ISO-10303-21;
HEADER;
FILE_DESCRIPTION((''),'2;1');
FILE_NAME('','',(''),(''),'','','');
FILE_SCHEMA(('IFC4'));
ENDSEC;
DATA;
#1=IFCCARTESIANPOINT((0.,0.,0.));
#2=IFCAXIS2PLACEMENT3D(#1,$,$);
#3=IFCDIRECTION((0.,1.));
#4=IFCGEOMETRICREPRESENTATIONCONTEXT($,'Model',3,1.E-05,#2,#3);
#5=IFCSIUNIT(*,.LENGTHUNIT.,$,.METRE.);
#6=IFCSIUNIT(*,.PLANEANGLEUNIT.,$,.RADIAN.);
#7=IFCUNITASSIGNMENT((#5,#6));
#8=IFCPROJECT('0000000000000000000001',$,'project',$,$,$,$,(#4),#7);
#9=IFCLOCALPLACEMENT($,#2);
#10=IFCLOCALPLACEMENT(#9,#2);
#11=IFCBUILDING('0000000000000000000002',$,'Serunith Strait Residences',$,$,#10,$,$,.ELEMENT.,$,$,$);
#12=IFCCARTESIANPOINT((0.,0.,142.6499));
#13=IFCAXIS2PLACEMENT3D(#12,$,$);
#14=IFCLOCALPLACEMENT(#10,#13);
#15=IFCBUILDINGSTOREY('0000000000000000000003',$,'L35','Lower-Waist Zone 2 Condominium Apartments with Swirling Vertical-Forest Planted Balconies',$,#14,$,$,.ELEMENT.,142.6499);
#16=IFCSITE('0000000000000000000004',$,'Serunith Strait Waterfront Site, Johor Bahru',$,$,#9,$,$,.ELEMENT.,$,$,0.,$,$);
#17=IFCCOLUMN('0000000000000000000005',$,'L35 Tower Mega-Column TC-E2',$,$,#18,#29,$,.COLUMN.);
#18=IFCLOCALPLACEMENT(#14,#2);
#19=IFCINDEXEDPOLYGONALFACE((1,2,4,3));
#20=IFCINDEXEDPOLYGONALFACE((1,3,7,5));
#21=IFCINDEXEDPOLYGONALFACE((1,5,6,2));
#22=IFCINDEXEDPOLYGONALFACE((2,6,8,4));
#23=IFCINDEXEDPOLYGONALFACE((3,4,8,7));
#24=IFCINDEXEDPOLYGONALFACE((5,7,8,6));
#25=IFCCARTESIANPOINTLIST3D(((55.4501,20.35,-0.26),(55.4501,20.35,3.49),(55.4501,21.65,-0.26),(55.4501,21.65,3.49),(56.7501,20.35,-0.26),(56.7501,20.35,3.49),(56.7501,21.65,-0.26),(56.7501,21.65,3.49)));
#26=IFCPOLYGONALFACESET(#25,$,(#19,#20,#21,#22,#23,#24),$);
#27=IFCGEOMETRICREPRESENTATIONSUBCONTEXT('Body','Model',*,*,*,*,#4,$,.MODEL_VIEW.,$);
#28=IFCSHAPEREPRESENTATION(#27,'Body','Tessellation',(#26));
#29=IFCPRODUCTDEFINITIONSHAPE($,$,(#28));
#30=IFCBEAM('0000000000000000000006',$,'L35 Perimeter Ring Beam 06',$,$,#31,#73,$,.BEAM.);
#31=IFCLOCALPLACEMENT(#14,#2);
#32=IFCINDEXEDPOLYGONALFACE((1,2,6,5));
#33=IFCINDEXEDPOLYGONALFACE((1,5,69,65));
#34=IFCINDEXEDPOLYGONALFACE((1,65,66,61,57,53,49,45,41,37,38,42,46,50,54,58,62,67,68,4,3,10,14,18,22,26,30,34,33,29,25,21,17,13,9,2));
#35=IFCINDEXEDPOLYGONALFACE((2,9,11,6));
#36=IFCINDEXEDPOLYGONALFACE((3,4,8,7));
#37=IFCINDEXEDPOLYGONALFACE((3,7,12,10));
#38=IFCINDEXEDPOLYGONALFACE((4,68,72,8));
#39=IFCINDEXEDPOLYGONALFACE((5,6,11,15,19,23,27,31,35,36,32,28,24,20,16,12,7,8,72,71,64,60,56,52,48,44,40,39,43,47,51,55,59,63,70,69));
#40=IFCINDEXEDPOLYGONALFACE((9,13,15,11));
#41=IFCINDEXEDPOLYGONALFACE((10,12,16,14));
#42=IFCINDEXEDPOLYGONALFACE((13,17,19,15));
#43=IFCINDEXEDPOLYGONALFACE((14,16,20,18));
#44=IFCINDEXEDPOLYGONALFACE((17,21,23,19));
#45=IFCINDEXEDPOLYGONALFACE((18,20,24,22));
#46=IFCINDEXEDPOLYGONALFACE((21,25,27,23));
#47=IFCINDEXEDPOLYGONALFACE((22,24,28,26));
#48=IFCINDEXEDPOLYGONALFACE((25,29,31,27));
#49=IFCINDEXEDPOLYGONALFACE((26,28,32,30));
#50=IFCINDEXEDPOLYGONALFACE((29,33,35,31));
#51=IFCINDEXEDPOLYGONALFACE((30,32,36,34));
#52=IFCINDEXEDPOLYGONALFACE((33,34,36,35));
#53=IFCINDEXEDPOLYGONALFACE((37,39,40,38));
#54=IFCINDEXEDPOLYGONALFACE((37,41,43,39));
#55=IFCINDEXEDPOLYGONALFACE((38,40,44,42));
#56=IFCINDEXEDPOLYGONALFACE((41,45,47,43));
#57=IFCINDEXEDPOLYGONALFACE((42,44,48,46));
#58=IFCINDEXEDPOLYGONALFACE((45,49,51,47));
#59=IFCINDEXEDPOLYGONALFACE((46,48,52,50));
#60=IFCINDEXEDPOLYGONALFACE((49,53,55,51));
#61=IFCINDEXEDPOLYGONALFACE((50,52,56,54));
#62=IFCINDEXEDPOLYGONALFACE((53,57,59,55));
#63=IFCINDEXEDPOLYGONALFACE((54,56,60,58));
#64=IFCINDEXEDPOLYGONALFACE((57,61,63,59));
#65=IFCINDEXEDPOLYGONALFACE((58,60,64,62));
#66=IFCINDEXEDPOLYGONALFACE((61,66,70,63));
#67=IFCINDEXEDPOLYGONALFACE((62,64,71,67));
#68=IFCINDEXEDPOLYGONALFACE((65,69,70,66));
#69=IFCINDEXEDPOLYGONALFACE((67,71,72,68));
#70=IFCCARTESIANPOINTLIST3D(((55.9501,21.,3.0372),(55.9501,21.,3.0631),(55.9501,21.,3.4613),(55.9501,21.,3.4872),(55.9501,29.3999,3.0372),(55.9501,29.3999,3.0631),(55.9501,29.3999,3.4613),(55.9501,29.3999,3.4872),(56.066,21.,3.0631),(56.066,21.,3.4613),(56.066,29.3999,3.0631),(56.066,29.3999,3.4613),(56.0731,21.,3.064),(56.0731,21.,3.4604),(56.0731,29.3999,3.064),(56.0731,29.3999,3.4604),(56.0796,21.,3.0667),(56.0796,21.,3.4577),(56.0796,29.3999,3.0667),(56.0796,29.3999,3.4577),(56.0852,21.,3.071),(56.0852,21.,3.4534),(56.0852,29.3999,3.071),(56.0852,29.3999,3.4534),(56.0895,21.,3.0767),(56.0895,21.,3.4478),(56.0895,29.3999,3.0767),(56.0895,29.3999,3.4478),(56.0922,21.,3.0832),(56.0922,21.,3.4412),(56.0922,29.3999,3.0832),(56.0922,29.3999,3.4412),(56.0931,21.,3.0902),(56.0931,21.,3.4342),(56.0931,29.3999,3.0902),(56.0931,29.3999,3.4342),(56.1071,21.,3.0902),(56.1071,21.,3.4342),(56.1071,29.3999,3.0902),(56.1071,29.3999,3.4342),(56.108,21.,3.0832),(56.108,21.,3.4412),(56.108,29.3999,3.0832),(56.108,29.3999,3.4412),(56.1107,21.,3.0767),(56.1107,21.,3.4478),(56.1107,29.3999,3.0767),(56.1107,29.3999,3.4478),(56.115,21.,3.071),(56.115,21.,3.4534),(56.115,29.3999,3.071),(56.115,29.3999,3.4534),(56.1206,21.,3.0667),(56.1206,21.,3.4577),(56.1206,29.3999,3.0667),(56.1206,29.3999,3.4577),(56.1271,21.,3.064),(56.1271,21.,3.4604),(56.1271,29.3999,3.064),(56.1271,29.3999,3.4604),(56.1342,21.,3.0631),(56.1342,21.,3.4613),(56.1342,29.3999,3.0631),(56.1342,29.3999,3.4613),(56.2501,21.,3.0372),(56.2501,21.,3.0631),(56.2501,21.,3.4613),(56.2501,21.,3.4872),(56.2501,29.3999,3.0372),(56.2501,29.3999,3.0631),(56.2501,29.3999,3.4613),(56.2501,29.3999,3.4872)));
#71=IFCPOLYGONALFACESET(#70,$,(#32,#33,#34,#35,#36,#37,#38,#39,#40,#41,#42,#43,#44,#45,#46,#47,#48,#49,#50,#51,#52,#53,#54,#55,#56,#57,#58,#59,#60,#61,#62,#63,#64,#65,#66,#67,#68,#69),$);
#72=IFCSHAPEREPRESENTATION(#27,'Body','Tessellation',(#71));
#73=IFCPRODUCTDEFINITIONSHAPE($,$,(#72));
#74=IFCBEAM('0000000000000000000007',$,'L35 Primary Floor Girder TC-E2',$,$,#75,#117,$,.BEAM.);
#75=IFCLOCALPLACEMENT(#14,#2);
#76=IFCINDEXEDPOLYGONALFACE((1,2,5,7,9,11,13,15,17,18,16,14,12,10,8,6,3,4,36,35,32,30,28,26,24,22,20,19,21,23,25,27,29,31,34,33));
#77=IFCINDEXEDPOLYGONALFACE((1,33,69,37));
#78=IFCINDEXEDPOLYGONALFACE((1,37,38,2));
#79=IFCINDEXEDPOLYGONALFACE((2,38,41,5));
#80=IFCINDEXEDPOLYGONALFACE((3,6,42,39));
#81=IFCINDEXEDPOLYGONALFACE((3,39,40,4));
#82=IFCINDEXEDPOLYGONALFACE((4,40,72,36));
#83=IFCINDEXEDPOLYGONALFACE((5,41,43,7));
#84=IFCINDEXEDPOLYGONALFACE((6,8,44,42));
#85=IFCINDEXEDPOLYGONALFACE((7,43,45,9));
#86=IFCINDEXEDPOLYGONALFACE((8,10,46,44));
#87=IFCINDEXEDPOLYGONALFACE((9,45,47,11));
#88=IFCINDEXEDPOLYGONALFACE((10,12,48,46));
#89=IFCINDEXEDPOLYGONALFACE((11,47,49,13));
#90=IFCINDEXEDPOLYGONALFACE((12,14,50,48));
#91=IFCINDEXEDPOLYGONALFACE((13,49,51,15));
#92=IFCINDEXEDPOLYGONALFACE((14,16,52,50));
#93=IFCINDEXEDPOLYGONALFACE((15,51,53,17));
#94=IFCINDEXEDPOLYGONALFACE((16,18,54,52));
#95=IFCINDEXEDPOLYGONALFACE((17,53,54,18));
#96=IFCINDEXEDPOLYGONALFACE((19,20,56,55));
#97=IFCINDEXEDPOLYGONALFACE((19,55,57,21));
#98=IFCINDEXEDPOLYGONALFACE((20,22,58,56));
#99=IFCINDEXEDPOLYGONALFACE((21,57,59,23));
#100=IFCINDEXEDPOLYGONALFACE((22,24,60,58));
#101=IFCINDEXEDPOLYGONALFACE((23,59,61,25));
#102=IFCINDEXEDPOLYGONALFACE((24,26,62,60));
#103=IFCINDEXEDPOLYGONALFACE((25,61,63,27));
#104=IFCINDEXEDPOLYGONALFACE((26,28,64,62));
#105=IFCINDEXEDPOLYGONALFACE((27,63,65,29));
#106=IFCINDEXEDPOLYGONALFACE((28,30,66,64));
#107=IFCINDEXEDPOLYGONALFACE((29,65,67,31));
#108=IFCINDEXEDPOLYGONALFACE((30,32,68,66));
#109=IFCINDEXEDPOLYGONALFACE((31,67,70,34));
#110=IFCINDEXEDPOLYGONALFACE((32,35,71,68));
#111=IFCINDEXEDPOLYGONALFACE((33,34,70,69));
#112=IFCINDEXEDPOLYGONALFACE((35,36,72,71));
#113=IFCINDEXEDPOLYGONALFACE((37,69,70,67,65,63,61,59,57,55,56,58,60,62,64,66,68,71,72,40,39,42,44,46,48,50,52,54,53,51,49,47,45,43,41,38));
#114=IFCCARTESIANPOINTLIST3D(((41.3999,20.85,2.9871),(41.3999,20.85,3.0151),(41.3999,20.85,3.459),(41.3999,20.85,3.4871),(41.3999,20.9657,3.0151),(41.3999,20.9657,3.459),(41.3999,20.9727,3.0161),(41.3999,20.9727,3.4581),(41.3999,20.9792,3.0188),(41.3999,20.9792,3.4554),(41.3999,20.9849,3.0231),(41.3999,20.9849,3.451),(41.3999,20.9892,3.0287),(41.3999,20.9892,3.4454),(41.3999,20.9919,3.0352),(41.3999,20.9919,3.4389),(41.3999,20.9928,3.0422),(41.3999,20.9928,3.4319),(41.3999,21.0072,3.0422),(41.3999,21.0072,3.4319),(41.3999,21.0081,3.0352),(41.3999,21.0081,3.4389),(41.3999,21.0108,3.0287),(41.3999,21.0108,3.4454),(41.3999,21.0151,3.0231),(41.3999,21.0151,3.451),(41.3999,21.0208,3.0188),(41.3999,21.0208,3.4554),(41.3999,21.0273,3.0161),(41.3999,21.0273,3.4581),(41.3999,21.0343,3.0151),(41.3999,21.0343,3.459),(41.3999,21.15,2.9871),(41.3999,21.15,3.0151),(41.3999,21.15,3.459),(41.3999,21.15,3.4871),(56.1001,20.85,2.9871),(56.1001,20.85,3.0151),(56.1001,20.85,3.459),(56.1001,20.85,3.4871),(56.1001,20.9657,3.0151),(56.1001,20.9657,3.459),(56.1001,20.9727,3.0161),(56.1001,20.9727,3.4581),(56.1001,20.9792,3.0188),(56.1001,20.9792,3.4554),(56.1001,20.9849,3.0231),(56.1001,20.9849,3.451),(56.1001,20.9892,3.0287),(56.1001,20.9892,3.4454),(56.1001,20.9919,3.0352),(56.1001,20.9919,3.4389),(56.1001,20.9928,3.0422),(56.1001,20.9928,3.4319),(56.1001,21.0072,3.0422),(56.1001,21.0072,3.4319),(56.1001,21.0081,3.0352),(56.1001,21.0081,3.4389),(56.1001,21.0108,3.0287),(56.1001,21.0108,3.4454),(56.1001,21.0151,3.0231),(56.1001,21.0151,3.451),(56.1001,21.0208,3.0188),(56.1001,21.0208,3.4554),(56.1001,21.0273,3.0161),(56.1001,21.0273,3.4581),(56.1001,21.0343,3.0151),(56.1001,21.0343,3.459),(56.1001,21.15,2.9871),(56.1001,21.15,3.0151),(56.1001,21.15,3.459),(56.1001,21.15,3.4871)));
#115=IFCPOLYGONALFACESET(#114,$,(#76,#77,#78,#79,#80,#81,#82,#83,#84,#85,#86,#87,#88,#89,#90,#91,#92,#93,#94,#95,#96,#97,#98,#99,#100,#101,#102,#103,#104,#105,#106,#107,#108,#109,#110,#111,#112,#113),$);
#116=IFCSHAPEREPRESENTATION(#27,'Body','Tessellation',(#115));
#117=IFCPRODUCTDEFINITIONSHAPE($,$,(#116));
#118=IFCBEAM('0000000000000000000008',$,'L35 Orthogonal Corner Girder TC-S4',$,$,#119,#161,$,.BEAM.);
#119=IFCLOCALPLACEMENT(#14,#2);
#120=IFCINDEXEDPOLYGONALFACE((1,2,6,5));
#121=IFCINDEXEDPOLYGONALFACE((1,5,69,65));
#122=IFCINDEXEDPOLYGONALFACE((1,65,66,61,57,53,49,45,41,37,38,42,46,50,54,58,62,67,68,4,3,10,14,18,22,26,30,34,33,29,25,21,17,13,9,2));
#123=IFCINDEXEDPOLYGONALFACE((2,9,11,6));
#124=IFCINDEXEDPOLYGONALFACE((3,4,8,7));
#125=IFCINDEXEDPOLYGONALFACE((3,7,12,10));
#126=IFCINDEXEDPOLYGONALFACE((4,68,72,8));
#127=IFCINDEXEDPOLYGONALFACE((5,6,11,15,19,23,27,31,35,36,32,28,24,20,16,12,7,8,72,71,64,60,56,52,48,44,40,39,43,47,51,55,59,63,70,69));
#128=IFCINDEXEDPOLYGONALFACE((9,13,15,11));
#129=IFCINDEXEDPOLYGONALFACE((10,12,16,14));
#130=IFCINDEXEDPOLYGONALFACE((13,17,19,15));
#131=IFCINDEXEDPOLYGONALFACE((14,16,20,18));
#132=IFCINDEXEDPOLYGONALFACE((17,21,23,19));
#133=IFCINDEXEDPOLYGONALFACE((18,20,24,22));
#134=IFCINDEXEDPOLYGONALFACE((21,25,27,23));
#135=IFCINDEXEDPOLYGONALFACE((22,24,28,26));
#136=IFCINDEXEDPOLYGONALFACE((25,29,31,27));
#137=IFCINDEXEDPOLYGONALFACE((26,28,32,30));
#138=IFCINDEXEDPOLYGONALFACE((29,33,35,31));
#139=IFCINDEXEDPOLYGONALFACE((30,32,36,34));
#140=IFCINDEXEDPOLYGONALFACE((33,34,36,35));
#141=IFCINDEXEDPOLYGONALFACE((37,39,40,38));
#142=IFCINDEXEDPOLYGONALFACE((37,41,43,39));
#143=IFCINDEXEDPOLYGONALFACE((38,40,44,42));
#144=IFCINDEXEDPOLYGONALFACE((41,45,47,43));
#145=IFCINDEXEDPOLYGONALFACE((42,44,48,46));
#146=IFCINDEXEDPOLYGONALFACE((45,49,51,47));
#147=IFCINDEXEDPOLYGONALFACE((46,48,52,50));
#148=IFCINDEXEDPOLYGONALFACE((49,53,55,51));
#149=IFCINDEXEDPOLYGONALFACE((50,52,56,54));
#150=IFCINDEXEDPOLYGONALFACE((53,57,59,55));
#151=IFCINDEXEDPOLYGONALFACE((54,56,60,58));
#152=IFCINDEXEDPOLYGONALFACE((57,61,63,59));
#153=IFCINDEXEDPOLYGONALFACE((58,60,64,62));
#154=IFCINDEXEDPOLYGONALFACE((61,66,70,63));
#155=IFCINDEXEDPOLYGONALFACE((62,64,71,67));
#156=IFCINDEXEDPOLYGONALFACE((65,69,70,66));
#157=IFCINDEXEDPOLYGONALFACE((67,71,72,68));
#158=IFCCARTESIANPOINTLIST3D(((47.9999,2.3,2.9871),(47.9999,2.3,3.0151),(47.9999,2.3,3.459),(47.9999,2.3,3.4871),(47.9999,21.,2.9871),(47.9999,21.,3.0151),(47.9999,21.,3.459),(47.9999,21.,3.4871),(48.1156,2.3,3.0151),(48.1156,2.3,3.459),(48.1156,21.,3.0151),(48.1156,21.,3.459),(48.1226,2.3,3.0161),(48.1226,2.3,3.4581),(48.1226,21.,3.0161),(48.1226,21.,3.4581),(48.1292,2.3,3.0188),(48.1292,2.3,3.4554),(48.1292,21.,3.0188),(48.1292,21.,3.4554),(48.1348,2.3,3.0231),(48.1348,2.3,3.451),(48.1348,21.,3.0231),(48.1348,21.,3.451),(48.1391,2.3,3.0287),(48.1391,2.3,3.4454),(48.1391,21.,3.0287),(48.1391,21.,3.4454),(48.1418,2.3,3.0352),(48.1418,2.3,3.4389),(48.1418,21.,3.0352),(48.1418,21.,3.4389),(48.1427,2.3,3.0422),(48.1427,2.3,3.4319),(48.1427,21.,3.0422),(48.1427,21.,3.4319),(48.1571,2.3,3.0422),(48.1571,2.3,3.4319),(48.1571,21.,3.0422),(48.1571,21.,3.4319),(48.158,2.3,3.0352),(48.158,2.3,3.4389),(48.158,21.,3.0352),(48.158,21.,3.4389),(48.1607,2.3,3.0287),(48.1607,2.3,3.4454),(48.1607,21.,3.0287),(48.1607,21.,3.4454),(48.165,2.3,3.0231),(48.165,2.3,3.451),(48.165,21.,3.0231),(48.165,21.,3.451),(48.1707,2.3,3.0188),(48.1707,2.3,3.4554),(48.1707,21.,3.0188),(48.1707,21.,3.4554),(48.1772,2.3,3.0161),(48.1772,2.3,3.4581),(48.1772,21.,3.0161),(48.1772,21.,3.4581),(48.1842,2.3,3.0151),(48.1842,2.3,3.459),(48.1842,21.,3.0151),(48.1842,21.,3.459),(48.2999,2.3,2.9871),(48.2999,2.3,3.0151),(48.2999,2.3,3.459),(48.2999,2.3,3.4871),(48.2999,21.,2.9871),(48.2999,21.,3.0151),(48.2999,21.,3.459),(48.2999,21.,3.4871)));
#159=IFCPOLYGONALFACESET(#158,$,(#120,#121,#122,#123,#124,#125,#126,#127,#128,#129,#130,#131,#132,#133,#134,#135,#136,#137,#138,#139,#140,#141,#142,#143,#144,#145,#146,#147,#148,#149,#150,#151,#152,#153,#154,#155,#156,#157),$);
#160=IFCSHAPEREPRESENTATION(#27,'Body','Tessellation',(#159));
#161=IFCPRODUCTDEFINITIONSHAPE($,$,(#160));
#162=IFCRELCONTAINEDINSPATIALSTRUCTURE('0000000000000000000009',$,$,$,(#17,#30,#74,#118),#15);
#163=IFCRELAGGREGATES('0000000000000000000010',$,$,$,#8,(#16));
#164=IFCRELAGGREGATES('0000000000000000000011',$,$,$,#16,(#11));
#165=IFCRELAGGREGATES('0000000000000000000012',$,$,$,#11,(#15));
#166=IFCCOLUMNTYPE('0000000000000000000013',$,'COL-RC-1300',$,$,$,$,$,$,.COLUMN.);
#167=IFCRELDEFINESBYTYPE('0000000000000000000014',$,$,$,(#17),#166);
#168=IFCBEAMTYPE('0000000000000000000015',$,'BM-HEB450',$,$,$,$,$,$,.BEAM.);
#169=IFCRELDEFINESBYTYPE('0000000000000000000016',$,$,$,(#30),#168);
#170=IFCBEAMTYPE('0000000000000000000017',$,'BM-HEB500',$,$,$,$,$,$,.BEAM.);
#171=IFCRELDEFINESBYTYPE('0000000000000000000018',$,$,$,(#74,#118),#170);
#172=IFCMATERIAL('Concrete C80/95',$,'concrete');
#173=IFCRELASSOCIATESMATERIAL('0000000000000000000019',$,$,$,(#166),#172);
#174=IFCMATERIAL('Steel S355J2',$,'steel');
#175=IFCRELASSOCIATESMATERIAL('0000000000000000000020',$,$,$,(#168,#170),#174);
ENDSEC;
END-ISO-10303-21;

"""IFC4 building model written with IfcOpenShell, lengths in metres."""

from ifc_helpers import new_model, si_unit, direction, frame, origin, origin_2d, place, context, subcontext, project, spatial, rectangle, i_section, extrude, source, transform, mapped, material, material_profile, profile_set, type_object, element, save


model = new_model("IFC4")

# Units and contexts
model_context = context("Model", 3, precision=1e-05, world=origin(), true_north=direction((0.0, 1.0)))
body_context = subcontext(model_context, "Body", "Model", "MODEL_VIEW")
ifc_project = project(units=[si_unit("LENGTHUNIT", "METRE"), si_unit("PLANEANGLEUNIT", "RADIAN")], contexts=[model_context])

# Site, building, storey
site_placement = place(None, origin())
site = spatial("IfcSite", under=ifc_project, at=site_placement, Name="Serunith Strait Waterfront Site, Johor Bahru", CompositionType="ELEMENT", RefElevation=0.0)
building_placement = place(site_placement, origin())
building = spatial("IfcBuilding", under=site, at=building_placement, Name="Serunith Strait Residences", CompositionType="ELEMENT")
storey_placement = place(building_placement, frame((0.0, 0.0, 142.6499)))
storey = spatial("IfcBuildingStorey", under=building, at=storey_placement, Name="L35", Description="Lower-Waist Zone 2 Condominium Apartments with Swirling Vertical-Forest Planted Balconies", CompositionType="ELEMENT", Elevation=142.6499)

# Column
ifc_material_1 = material(Name="Concrete C80/95", Category="concrete")
ifc_material_profile_1 = material_profile(ifc_material_1, rectangle(XDim=1.3, YDim=1.3, at=origin_2d()), Name="RC 1300x1300")
ifc_profile_set_1 = profile_set([ifc_material_profile_1], Name="Concrete C80/95")
column_type = type_object("IfcColumnType", Name="COL-RC-1300", PredefinedType="COLUMN", material=ifc_profile_set_1)
shared_shape_1 = source(origin(), body_context, "Body", "SweptSolid", [
    extrude(rectangle(XDim=1.3, YDim=1.3, at=origin_2d()), origin(), (0.0, 0.0, 1.0), 3.75),
])
column_placement = place(storey_placement, frame((56.1001, 21.0, -0.26), z_axis=(0.0, 0.0, 1.0), x_axis=(1.0, 0.0, 0.0)))
element("IfcColumn", 1, at=column_placement, inside=storey, type_object=column_type, Name="L35 Tower Mega-Column TC-E2", PredefinedType="COLUMN", context=body_context, shape_type="MappedRepresentation", body=[
    mapped(shared_shape_1, transform((0.0, 0.0, 0.0), scale=1.0)),
])

# Beams
ifc_material_2 = material(Name="Steel S355J2", Category="steel")
ifc_material_profile_2 = material_profile(ifc_material_2, i_section(OverallWidth=0.3, OverallDepth=0.45, WebThickness=0.0139, FlangeThickness=0.0259, FilletRadius=0.0271, at=origin_2d()), Name="HEB 450")
ifc_profile_set_2 = profile_set([ifc_material_profile_2], Name="Steel S355J2")
beam_type_1 = type_object("IfcBeamType", Name="BM-HEB450", PredefinedType="BEAM", material=ifc_profile_set_2)
shared_shape_2 = source(origin(), body_context, "Body", "SweptSolid", [
    extrude(i_section(OverallWidth=0.3, OverallDepth=0.45, WebThickness=0.0139, FlangeThickness=0.0259, FilletRadius=0.0271, at=origin_2d()), origin(), (0.0, 0.0, 1.0), 8.3999),
])
beam_1_placement = place(storey_placement, frame((56.1001, 21.0, 3.2622), z_axis=(0.0, 1.0, 0.0), x_axis=(-1.0, 0.0, 0.0)))
element("IfcBeam", 2, at=beam_1_placement, inside=storey, type_object=beam_type_1, Name="L35 Perimeter Ring Beam 06", PredefinedType="BEAM", context=body_context, shape_type="MappedRepresentation", body=[
    mapped(shared_shape_2, transform((0.0, 0.0, 0.0), scale=1.0)),
])
ifc_material_profile_3 = material_profile(ifc_material_2, i_section(OverallWidth=0.3, OverallDepth=0.5, WebThickness=0.0144, FlangeThickness=0.0281, FilletRadius=0.0271, at=origin_2d()), Name="HEB 500")
ifc_profile_set_3 = profile_set([ifc_material_profile_3], Name="Steel S355J2")
beam_type_2 = type_object("IfcBeamType", Name="BM-HEB500", PredefinedType="BEAM", material=ifc_profile_set_3)
shared_shape_3 = source(origin(), body_context, "Body", "SweptSolid", [
    extrude(i_section(OverallWidth=0.3, OverallDepth=0.5, WebThickness=0.0144, FlangeThickness=0.0281, FilletRadius=0.0271, at=origin_2d()), origin(), (0.0, 0.0, 1.0), 14.7002),
])
beam_2_placement = place(storey_placement, frame((41.3999, 21.0, 3.2371), z_axis=(1.0, 0.0, 0.0), x_axis=(0.0, 1.0, 0.0)))
element("IfcBeam", 3, at=beam_2_placement, inside=storey, type_object=beam_type_2, Name="L35 Primary Floor Girder TC-E2", PredefinedType="BEAM", context=body_context, shape_type="MappedRepresentation", body=[
    mapped(shared_shape_3, transform((0.0, 0.0, 0.0), scale=1.0)),
])
shared_shape_4 = source(origin(), body_context, "Body", "SweptSolid", [
    extrude(i_section(OverallWidth=0.3, OverallDepth=0.5, WebThickness=0.0144, FlangeThickness=0.0281, FilletRadius=0.0271, at=origin_2d()), origin(), (0.0, 0.0, 1.0), 18.7),
])
beam_3_placement = place(storey_placement, frame((48.1499, 21.0, 3.2371), z_axis=(0.0, -1.0, 0.0), x_axis=(1.0, 0.0, 0.0)))
element("IfcBeam", 4, at=beam_3_placement, inside=storey, type_object=beam_type_2, Name="L35 Orthogonal Corner Girder TC-S4", PredefinedType="BEAM", context=body_context, shape_type="MappedRepresentation", body=[
    mapped(shared_shape_4, transform((0.0, 0.0, 0.0), scale=1.0)),
])

save(model, "model.ifc")
